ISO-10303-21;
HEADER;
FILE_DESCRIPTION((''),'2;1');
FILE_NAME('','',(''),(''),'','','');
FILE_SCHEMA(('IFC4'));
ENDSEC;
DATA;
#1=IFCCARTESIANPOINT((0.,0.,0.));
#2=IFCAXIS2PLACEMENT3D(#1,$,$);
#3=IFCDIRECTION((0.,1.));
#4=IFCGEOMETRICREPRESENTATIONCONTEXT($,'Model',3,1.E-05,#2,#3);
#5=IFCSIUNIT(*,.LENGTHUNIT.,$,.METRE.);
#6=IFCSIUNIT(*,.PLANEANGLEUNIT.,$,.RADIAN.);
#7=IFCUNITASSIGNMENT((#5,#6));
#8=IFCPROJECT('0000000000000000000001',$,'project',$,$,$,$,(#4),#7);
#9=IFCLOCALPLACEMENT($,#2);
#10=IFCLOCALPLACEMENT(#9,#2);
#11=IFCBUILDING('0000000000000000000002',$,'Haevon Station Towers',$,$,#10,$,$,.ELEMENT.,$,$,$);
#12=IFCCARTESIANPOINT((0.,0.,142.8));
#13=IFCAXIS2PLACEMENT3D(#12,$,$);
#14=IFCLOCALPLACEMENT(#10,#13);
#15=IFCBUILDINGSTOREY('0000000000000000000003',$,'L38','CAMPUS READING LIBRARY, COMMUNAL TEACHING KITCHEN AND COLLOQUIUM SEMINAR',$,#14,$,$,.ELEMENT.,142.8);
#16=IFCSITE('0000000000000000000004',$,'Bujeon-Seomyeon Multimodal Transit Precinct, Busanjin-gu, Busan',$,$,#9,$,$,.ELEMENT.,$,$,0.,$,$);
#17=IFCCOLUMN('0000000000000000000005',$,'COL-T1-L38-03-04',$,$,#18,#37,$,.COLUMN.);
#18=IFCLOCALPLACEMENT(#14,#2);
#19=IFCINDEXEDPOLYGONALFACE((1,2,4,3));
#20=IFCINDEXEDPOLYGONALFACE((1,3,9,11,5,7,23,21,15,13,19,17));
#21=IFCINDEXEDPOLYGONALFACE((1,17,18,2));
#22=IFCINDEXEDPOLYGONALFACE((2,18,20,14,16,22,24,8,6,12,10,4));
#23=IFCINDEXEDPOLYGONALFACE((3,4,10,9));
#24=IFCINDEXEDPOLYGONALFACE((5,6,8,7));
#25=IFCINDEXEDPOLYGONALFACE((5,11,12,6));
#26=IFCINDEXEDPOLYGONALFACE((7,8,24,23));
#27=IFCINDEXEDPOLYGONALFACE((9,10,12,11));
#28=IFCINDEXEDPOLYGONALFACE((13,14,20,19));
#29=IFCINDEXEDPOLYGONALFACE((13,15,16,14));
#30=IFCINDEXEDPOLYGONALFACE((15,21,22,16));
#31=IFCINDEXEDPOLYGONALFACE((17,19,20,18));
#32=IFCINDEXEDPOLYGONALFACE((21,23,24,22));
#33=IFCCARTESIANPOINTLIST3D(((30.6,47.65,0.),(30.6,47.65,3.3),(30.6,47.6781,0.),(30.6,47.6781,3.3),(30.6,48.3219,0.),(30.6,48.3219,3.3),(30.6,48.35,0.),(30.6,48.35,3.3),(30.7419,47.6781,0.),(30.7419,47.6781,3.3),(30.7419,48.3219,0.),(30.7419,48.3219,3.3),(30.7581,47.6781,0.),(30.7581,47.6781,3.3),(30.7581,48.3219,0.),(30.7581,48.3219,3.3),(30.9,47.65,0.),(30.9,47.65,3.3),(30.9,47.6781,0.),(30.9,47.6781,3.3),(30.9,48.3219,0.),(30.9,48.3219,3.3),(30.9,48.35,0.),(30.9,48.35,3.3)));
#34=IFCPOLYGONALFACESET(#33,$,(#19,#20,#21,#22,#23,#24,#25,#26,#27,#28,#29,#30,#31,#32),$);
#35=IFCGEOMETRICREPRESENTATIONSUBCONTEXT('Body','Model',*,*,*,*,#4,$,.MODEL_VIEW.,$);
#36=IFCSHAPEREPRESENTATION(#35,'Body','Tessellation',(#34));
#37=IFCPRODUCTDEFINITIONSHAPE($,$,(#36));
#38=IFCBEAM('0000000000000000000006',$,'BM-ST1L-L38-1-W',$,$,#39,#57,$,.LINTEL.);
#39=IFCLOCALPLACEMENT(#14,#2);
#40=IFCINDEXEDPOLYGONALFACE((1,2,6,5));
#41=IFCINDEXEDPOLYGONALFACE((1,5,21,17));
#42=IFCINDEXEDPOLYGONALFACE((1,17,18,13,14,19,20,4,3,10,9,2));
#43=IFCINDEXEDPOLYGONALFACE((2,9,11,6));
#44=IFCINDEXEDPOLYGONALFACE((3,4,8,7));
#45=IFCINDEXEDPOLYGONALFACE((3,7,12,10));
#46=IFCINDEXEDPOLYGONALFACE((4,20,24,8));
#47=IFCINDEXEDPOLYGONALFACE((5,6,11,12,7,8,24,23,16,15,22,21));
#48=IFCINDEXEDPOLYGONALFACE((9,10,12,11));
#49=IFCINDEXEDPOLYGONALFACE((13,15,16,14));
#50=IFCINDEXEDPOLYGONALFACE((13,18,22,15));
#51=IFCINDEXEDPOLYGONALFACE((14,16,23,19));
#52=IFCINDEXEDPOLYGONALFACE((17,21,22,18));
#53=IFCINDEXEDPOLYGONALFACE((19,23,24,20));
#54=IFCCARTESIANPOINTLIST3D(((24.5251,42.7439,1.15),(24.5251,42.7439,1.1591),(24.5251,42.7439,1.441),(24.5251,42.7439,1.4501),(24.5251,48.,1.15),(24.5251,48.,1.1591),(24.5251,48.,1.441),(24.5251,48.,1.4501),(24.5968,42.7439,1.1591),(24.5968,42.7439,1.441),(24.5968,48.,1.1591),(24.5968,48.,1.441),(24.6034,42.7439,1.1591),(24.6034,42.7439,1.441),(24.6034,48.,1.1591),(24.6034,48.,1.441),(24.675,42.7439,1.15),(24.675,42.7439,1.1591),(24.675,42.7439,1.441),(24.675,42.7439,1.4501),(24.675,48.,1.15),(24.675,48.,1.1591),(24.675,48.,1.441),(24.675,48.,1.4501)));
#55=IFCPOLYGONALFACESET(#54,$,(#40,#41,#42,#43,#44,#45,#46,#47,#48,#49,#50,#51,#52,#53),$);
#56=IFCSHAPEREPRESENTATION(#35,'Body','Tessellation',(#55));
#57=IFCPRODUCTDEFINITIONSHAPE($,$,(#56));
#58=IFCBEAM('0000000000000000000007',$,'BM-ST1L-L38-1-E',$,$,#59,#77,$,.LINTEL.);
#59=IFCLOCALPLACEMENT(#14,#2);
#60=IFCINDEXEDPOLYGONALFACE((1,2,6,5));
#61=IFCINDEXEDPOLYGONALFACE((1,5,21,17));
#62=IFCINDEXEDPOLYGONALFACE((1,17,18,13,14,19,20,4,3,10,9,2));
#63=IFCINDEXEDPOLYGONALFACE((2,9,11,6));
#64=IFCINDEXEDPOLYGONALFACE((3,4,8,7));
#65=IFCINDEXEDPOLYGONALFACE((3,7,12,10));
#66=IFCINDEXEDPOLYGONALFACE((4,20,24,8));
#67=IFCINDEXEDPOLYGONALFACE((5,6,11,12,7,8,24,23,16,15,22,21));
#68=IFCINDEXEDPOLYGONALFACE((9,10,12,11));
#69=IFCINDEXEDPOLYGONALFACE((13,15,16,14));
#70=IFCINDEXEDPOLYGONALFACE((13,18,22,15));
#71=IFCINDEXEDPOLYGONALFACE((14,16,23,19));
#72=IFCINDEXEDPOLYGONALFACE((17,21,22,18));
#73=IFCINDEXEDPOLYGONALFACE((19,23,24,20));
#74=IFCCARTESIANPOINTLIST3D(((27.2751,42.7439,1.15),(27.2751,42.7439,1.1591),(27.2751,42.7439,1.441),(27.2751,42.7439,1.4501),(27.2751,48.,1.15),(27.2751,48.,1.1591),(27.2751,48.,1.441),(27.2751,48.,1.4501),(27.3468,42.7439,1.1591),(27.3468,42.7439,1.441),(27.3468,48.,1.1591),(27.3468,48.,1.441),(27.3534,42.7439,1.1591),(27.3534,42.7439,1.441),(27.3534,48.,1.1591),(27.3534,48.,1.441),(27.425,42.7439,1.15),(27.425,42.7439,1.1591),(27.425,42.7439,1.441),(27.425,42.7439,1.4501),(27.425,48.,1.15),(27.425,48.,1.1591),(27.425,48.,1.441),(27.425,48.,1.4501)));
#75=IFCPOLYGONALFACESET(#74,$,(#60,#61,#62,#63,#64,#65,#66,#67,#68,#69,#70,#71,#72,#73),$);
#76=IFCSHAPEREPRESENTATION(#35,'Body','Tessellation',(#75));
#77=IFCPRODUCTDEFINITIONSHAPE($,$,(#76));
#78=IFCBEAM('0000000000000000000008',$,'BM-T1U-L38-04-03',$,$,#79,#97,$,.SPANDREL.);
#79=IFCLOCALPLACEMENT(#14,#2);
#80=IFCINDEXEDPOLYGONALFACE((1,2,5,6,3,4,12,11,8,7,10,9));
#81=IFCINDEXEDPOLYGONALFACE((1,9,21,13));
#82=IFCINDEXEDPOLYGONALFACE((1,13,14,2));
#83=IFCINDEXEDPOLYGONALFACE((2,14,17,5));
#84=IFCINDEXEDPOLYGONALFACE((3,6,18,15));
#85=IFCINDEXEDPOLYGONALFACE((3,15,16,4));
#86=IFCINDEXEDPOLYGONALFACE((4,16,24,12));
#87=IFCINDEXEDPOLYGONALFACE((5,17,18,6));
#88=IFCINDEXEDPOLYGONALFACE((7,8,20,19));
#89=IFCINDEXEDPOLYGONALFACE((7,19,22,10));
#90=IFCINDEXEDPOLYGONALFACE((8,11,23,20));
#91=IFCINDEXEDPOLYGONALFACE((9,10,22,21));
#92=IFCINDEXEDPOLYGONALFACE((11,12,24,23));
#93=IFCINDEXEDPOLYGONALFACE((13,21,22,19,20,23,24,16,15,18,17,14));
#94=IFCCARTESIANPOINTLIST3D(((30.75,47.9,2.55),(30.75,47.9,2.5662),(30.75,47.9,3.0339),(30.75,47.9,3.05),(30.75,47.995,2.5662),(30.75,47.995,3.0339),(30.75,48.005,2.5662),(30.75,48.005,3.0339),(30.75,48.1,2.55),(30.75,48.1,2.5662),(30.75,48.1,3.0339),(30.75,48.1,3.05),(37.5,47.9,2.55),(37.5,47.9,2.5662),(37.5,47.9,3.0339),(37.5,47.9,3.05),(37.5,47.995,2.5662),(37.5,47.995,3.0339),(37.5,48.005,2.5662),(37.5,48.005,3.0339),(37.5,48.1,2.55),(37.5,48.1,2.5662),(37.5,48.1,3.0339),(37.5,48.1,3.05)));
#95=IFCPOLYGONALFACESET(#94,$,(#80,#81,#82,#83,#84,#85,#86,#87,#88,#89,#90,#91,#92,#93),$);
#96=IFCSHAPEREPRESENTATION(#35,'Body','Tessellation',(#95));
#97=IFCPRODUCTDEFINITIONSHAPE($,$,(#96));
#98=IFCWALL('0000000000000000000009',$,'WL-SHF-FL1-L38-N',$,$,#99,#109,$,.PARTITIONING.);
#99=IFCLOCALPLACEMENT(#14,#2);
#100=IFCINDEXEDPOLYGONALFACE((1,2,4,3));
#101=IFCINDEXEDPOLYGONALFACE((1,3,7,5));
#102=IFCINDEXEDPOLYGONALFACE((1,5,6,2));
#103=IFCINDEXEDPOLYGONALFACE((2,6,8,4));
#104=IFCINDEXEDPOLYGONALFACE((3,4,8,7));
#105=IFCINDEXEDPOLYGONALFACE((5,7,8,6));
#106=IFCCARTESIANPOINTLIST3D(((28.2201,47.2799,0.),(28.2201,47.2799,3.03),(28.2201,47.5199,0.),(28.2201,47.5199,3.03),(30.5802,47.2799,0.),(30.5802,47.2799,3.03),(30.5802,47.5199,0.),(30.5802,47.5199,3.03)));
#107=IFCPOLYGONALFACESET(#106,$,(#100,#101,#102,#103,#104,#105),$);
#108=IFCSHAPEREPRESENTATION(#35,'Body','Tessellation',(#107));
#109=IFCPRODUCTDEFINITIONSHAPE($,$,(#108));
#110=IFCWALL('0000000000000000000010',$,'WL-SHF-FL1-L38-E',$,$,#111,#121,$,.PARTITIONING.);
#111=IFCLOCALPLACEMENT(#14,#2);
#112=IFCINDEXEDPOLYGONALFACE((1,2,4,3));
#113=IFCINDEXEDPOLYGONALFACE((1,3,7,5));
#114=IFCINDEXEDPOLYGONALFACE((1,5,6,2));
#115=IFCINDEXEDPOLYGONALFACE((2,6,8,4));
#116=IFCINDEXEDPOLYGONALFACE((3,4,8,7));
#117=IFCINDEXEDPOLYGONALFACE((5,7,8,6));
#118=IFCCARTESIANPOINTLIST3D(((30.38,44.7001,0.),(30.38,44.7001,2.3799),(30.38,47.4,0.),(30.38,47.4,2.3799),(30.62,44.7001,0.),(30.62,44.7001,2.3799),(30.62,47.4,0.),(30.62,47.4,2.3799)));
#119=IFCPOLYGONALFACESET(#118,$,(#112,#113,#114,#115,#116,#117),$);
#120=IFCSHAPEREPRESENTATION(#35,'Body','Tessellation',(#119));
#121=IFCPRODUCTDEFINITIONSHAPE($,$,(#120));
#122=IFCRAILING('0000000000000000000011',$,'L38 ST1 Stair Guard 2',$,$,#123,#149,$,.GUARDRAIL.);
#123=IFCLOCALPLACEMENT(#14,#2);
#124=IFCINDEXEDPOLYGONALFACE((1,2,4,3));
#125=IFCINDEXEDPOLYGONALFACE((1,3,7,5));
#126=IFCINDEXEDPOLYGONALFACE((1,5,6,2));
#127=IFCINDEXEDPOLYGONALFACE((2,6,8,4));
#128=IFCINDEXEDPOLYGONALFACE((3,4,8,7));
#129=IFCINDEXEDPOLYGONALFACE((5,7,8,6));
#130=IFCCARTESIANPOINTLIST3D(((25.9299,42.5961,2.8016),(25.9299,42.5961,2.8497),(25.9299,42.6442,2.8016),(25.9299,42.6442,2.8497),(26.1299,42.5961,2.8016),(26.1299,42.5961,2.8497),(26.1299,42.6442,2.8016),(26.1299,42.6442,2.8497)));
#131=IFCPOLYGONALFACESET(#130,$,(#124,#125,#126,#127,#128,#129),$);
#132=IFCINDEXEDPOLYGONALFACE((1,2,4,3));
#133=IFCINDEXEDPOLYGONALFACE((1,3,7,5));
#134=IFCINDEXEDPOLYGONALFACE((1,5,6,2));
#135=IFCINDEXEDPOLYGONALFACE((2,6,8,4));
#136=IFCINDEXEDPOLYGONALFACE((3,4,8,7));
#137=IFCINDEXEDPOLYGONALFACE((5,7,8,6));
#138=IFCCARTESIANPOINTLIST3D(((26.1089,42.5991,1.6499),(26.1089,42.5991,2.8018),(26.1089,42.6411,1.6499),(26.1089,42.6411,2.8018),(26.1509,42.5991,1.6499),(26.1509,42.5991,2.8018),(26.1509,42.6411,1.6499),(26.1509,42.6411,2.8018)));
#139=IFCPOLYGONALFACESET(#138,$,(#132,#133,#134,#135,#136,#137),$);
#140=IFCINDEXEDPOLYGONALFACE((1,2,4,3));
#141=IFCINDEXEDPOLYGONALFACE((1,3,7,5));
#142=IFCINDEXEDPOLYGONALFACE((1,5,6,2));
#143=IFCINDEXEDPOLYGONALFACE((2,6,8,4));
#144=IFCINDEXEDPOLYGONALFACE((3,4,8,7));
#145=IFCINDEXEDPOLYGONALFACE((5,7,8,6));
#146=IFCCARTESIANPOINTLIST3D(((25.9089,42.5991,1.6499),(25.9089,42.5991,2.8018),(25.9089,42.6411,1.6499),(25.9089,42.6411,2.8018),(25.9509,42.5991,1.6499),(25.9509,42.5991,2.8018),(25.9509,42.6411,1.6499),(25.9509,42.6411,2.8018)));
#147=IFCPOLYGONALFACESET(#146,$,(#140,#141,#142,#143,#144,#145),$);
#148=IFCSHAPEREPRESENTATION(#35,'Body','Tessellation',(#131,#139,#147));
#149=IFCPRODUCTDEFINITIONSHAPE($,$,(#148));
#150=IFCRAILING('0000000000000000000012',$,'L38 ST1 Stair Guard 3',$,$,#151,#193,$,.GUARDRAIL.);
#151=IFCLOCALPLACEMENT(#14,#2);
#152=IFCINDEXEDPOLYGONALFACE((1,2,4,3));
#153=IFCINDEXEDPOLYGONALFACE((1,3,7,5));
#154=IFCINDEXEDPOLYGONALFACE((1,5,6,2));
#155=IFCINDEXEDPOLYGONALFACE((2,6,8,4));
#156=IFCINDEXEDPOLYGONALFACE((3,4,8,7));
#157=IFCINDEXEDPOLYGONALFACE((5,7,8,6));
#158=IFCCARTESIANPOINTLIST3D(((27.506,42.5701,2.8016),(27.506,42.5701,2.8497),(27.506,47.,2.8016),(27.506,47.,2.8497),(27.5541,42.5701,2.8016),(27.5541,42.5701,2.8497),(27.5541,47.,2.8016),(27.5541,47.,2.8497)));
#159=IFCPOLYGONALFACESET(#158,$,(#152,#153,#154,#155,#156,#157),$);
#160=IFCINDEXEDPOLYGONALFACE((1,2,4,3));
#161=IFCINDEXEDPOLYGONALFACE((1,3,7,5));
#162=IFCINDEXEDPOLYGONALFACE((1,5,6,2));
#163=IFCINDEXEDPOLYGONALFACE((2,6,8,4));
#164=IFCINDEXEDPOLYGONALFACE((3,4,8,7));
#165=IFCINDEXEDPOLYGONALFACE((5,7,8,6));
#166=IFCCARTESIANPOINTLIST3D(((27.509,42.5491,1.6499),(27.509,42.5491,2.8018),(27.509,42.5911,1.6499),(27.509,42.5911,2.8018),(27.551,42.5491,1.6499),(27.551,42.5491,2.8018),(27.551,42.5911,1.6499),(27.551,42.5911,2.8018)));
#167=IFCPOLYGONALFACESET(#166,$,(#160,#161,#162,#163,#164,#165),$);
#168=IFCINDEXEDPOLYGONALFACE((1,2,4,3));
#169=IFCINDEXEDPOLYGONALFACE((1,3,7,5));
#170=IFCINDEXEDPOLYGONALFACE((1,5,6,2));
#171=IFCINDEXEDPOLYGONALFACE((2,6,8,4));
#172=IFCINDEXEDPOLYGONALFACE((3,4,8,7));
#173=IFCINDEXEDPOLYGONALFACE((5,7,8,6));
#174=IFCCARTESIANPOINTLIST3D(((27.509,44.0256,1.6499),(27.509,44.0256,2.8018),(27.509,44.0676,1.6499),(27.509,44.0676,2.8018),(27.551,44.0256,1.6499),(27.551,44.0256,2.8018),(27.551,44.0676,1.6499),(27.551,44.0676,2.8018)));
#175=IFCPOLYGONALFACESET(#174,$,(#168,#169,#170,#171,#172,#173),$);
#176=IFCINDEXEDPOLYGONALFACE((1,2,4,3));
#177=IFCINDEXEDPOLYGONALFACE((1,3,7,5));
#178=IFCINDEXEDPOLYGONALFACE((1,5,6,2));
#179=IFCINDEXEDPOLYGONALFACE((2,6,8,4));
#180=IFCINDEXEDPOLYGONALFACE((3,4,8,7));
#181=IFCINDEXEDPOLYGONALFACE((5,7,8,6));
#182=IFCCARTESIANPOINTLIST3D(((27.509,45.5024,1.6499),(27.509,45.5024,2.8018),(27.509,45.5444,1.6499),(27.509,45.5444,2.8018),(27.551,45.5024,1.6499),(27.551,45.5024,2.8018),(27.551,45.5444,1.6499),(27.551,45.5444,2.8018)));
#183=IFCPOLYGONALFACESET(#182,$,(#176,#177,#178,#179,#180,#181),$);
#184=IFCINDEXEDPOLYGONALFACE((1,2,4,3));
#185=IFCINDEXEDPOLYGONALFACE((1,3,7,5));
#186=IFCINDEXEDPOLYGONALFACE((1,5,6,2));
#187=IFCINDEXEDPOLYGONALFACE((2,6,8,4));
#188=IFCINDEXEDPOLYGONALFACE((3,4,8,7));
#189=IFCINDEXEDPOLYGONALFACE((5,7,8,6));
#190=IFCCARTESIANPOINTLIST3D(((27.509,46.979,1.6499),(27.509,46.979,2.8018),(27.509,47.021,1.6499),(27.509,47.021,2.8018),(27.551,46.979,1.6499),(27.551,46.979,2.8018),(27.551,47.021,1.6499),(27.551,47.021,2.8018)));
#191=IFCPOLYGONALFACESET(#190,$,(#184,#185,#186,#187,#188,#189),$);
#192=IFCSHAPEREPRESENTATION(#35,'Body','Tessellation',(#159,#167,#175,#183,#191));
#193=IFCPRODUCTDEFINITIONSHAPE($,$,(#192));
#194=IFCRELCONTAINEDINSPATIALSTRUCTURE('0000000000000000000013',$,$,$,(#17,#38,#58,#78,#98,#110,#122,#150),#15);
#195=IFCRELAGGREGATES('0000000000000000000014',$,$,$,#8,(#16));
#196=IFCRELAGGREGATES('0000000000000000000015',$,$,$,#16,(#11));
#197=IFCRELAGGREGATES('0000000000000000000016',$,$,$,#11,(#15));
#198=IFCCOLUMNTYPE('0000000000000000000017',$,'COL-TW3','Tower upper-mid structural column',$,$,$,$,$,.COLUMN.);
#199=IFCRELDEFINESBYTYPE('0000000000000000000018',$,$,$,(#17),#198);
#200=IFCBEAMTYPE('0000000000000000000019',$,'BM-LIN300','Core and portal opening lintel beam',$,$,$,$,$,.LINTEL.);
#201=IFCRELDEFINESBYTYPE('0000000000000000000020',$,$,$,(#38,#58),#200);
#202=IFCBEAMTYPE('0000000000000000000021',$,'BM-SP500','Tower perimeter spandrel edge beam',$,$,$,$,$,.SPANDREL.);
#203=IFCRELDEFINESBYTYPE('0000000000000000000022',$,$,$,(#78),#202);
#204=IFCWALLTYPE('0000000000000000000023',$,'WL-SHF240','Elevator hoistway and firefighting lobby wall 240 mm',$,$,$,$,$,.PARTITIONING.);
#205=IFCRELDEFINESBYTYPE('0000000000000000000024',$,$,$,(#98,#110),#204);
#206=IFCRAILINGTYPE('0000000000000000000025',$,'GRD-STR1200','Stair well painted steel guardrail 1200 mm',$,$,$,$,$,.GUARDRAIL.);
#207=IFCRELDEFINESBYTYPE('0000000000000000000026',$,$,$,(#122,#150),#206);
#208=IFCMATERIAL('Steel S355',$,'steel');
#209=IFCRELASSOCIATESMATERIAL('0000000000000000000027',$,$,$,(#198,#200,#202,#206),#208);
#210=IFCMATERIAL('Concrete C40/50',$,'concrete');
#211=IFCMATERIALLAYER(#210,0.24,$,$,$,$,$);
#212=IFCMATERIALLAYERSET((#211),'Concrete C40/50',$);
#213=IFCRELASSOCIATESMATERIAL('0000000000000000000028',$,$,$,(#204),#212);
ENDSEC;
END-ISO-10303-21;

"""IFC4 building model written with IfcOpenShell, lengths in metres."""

from ifc_helpers import new_model, si_unit, direction, frame, frame_2d, origin, origin_2d, place, context, subcontext, project, spatial, rectangle, i_section, extrude, material, layer, layer_set, material_profile, profile_set, type_object, element, save


model = new_model("IFC4")

# Units and contexts
model_context = context("Model", 3, precision=1e-05, world=origin(), true_north=direction((0.0, 1.0)))
body_context = subcontext(model_context, "Body", "Model", "MODEL_VIEW")
ifc_project = project(units=[si_unit("LENGTHUNIT", "METRE"), si_unit("PLANEANGLEUNIT", "RADIAN")], contexts=[model_context])

# Site, building, storey
site_placement = place(None, origin())
site = spatial("IfcSite", under=ifc_project, at=site_placement, Name="Bujeon-Seomyeon Multimodal Transit Precinct, Busanjin-gu, Busan", CompositionType="ELEMENT", RefElevation=0.0)
building_placement = place(site_placement, origin())
building = spatial("IfcBuilding", under=site, at=building_placement, Name="Haevon Station Towers", CompositionType="ELEMENT")
storey_placement = place(building_placement, frame((0.0, 0.0, 142.8)))
storey = spatial("IfcBuildingStorey", under=building, at=storey_placement, Name="L38", Description="CAMPUS READING LIBRARY, COMMUNAL TEACHING KITCHEN AND COLLOQUIUM SEMINAR", CompositionType="ELEMENT", Elevation=142.8)

# Column
ifc_material_1 = material(Name="Steel S355", Category="steel")
ifc_material_profile_1 = material_profile(ifc_material_1, i_section(OverallWidth=0.3, OverallDepth=0.7, WebThickness=0.0161, FlangeThickness=0.0281, at=origin_2d()), Name="H-700x300x16x28")
ifc_profile_set_1 = profile_set([ifc_material_profile_1], Name="Steel S355")
column_type = type_object("IfcColumnType", Name="COL-TW3", Description="Tower upper-mid structural column", PredefinedType="COLUMN", material=ifc_profile_set_1)
column_placement = place(storey_placement, frame((30.75, 48.0, 0.0), z_axis=(0.0, 0.0, 1.0), x_axis=(1.0, 0.0, 0.0)))
element("IfcColumn", 1, at=column_placement, inside=storey, type_object=column_type, Name="COL-T1-L38-03-04", PredefinedType="COLUMN", context=body_context, shape_type="SweptSolid", body=[
    extrude(i_section(OverallWidth=0.3, OverallDepth=0.7, WebThickness=0.0161, FlangeThickness=0.0281, at=origin_2d()), origin(), (0.0, 0.0, 1.0), 3.3),
])

# Beams
ifc_material_profile_2 = material_profile(ifc_material_1, i_section(OverallWidth=0.1499, OverallDepth=0.3, WebThickness=0.0066, FlangeThickness=0.009, at=origin_2d()), Name="H-300x150x6.5x9")
ifc_profile_set_2 = profile_set([ifc_material_profile_2], Name="Steel S355")
beam_type_1 = type_object("IfcBeamType", Name="BM-LIN300", Description="Core and portal opening lintel beam", PredefinedType="LINTEL", material=ifc_profile_set_2)
for number, where, z_axis, x_axis, name in (
    (2, (24.6001, 42.7439, 1.3), (0.0, 1.0, 0.0), (-1.0, 0.0, 0.0), "BM-ST1L-L38-1-W"),
    (3, (27.3501, 42.7439, 1.3), (0.0, 1.0, 0.0), (-1.0, 0.0, 0.0), "BM-ST1L-L38-1-E"),
):
    element("IfcBeam", number, at=place(storey_placement, frame(where, z_axis=z_axis, x_axis=x_axis)), inside=storey, type_object=beam_type_1, Name=name, PredefinedType="LINTEL", context=body_context, shape_type="SweptSolid", body=[
        extrude(i_section(OverallWidth=0.1499, OverallDepth=0.3, WebThickness=0.0066, FlangeThickness=0.009, at=origin_2d()), origin(), (0.0, 0.0, 1.0), 5.2561),
    ])
ifc_material_profile_3 = material_profile(ifc_material_1, i_section(OverallWidth=0.2, OverallDepth=0.5, WebThickness=0.01, FlangeThickness=0.0161, at=origin_2d()), Name="H-500x200x10x16")
ifc_profile_set_3 = profile_set([ifc_material_profile_3], Name="Steel S355")
beam_type_2 = type_object("IfcBeamType", Name="BM-SP500", Description="Tower perimeter spandrel edge beam", PredefinedType="SPANDREL", material=ifc_profile_set_3)
beam_placement = place(storey_placement, frame((30.75, 48.0, 2.8), z_axis=(1.0, 0.0, 0.0), x_axis=(0.0, 1.0, 0.0)))
element("IfcBeam", 4, at=beam_placement, inside=storey, type_object=beam_type_2, Name="BM-T1U-L38-04-03", PredefinedType="SPANDREL", context=body_context, shape_type="SweptSolid", body=[
    extrude(i_section(OverallWidth=0.2, OverallDepth=0.5, WebThickness=0.01, FlangeThickness=0.0161, at=origin_2d()), origin(), (0.0, 0.0, 1.0), 6.75),
])

# Shared definitions
ifc_material_2 = material(Name="Concrete C40/50", Category="concrete")
ifc_layer = layer(ifc_material_2, 0.24)
ifc_layer_set = layer_set([ifc_layer], Name="Concrete C40/50")
wall_type = type_object("IfcWallType", Name="WL-SHF240", Description="Elevator hoistway and firefighting lobby wall 240 mm", PredefinedType="PARTITIONING", material=ifc_layer_set)

# Walls
wall_1_placement = place(storey_placement, frame((28.22, 47.3999, 0.0), z_axis=(0.0, 0.0, 1.0), x_axis=(1.0, 0.0, 0.0)))
element("IfcWall", 5, at=wall_1_placement, inside=storey, type_object=wall_type, Name="WL-SHF-FL1-L38-N", PredefinedType="PARTITIONING", context=body_context, shape_type="SweptSolid", body=[
    extrude(rectangle(XDim=2.3601, YDim=0.24, at=frame_2d((1.1802, 0.0))), origin(), (0.0, 0.0, 1.0), 3.03),
])
wall_2_placement = place(storey_placement, frame((30.5, 44.7, 0.0), z_axis=(0.0, 0.0, 1.0), x_axis=(0.0, 1.0, 0.0)))
element("IfcWall", 6, at=wall_2_placement, inside=storey, type_object=wall_type, Name="WL-SHF-FL1-L38-E", PredefinedType="PARTITIONING", context=body_context, shape_type="SweptSolid", body=[
    extrude(rectangle(XDim=2.7, YDim=0.24, at=frame_2d((1.3501, 0.0))), origin(), (0.0, 0.0, 1.0), 2.3799),
])

# Railings
railing_type = type_object("IfcRailingType", Name="GRD-STR1200", Description="Stair well painted steel guardrail 1200 mm", PredefinedType="GUARDRAIL", material=ifc_material_1)
railing_1_placement = place(storey_placement, frame((26.1299, 42.6201, 1.6499)))
element("IfcRailing", 7, at=railing_1_placement, inside=storey, type_object=railing_type, Name="L38 ST1 Stair Guard 2", PredefinedType="GUARDRAIL", context=body_context, shape_type="SweptSolid", body=[
    extrude(rectangle(XDim=0.0481, YDim=0.0481, at=origin_2d()), frame((0.0, 0.0, 1.1758), z_axis=(-1.0, 0.0, 0.0), x_axis=(0.0, -1.0, 0.0)), (0.0, 0.0, 1.0), 0.2),
    extrude(rectangle(XDim=0.042, YDim=0.042, at=origin_2d()), origin(), (0.0, 0.0, 1.0), 1.1519),
    extrude(rectangle(XDim=0.042, YDim=0.042, at=origin_2d()), frame((-0.2, 0.0, 0.0)), (0.0, 0.0, 1.0), 1.1519),
])
railing_2_placement = place(storey_placement, frame((27.53, 42.5701, 1.6499)))
element("IfcRailing", 8, at=railing_2_placement, inside=storey, type_object=railing_type, Name="L38 ST1 Stair Guard 3", PredefinedType="GUARDRAIL", context=body_context, shape_type="SweptSolid", body=[
    extrude(rectangle(XDim=0.0481, YDim=0.0481, at=origin_2d()), frame((0.0, 0.0, 1.1758), z_axis=(0.0, 1.0, 0.0), x_axis=(-1.0, 0.0, 0.0)), (0.0, 0.0, 1.0), 4.4299),
    extrude(rectangle(XDim=0.042, YDim=0.042, at=origin_2d()), origin(), (0.0, 0.0, 1.0), 1.1519),
    extrude(rectangle(XDim=0.042, YDim=0.042, at=origin_2d()), frame((0.0, 1.4766, 0.0)), (0.0, 0.0, 1.0), 1.1519),
    extrude(rectangle(XDim=0.042, YDim=0.042, at=origin_2d()), frame((0.0, 2.9534, 0.0)), (0.0, 0.0, 1.0), 1.1519),
    extrude(rectangle(XDim=0.042, YDim=0.042, at=origin_2d()), frame((0.0, 4.4299, 0.0)), (0.0, 0.0, 1.0), 1.1519),
])

save(model, "model.ifc")
